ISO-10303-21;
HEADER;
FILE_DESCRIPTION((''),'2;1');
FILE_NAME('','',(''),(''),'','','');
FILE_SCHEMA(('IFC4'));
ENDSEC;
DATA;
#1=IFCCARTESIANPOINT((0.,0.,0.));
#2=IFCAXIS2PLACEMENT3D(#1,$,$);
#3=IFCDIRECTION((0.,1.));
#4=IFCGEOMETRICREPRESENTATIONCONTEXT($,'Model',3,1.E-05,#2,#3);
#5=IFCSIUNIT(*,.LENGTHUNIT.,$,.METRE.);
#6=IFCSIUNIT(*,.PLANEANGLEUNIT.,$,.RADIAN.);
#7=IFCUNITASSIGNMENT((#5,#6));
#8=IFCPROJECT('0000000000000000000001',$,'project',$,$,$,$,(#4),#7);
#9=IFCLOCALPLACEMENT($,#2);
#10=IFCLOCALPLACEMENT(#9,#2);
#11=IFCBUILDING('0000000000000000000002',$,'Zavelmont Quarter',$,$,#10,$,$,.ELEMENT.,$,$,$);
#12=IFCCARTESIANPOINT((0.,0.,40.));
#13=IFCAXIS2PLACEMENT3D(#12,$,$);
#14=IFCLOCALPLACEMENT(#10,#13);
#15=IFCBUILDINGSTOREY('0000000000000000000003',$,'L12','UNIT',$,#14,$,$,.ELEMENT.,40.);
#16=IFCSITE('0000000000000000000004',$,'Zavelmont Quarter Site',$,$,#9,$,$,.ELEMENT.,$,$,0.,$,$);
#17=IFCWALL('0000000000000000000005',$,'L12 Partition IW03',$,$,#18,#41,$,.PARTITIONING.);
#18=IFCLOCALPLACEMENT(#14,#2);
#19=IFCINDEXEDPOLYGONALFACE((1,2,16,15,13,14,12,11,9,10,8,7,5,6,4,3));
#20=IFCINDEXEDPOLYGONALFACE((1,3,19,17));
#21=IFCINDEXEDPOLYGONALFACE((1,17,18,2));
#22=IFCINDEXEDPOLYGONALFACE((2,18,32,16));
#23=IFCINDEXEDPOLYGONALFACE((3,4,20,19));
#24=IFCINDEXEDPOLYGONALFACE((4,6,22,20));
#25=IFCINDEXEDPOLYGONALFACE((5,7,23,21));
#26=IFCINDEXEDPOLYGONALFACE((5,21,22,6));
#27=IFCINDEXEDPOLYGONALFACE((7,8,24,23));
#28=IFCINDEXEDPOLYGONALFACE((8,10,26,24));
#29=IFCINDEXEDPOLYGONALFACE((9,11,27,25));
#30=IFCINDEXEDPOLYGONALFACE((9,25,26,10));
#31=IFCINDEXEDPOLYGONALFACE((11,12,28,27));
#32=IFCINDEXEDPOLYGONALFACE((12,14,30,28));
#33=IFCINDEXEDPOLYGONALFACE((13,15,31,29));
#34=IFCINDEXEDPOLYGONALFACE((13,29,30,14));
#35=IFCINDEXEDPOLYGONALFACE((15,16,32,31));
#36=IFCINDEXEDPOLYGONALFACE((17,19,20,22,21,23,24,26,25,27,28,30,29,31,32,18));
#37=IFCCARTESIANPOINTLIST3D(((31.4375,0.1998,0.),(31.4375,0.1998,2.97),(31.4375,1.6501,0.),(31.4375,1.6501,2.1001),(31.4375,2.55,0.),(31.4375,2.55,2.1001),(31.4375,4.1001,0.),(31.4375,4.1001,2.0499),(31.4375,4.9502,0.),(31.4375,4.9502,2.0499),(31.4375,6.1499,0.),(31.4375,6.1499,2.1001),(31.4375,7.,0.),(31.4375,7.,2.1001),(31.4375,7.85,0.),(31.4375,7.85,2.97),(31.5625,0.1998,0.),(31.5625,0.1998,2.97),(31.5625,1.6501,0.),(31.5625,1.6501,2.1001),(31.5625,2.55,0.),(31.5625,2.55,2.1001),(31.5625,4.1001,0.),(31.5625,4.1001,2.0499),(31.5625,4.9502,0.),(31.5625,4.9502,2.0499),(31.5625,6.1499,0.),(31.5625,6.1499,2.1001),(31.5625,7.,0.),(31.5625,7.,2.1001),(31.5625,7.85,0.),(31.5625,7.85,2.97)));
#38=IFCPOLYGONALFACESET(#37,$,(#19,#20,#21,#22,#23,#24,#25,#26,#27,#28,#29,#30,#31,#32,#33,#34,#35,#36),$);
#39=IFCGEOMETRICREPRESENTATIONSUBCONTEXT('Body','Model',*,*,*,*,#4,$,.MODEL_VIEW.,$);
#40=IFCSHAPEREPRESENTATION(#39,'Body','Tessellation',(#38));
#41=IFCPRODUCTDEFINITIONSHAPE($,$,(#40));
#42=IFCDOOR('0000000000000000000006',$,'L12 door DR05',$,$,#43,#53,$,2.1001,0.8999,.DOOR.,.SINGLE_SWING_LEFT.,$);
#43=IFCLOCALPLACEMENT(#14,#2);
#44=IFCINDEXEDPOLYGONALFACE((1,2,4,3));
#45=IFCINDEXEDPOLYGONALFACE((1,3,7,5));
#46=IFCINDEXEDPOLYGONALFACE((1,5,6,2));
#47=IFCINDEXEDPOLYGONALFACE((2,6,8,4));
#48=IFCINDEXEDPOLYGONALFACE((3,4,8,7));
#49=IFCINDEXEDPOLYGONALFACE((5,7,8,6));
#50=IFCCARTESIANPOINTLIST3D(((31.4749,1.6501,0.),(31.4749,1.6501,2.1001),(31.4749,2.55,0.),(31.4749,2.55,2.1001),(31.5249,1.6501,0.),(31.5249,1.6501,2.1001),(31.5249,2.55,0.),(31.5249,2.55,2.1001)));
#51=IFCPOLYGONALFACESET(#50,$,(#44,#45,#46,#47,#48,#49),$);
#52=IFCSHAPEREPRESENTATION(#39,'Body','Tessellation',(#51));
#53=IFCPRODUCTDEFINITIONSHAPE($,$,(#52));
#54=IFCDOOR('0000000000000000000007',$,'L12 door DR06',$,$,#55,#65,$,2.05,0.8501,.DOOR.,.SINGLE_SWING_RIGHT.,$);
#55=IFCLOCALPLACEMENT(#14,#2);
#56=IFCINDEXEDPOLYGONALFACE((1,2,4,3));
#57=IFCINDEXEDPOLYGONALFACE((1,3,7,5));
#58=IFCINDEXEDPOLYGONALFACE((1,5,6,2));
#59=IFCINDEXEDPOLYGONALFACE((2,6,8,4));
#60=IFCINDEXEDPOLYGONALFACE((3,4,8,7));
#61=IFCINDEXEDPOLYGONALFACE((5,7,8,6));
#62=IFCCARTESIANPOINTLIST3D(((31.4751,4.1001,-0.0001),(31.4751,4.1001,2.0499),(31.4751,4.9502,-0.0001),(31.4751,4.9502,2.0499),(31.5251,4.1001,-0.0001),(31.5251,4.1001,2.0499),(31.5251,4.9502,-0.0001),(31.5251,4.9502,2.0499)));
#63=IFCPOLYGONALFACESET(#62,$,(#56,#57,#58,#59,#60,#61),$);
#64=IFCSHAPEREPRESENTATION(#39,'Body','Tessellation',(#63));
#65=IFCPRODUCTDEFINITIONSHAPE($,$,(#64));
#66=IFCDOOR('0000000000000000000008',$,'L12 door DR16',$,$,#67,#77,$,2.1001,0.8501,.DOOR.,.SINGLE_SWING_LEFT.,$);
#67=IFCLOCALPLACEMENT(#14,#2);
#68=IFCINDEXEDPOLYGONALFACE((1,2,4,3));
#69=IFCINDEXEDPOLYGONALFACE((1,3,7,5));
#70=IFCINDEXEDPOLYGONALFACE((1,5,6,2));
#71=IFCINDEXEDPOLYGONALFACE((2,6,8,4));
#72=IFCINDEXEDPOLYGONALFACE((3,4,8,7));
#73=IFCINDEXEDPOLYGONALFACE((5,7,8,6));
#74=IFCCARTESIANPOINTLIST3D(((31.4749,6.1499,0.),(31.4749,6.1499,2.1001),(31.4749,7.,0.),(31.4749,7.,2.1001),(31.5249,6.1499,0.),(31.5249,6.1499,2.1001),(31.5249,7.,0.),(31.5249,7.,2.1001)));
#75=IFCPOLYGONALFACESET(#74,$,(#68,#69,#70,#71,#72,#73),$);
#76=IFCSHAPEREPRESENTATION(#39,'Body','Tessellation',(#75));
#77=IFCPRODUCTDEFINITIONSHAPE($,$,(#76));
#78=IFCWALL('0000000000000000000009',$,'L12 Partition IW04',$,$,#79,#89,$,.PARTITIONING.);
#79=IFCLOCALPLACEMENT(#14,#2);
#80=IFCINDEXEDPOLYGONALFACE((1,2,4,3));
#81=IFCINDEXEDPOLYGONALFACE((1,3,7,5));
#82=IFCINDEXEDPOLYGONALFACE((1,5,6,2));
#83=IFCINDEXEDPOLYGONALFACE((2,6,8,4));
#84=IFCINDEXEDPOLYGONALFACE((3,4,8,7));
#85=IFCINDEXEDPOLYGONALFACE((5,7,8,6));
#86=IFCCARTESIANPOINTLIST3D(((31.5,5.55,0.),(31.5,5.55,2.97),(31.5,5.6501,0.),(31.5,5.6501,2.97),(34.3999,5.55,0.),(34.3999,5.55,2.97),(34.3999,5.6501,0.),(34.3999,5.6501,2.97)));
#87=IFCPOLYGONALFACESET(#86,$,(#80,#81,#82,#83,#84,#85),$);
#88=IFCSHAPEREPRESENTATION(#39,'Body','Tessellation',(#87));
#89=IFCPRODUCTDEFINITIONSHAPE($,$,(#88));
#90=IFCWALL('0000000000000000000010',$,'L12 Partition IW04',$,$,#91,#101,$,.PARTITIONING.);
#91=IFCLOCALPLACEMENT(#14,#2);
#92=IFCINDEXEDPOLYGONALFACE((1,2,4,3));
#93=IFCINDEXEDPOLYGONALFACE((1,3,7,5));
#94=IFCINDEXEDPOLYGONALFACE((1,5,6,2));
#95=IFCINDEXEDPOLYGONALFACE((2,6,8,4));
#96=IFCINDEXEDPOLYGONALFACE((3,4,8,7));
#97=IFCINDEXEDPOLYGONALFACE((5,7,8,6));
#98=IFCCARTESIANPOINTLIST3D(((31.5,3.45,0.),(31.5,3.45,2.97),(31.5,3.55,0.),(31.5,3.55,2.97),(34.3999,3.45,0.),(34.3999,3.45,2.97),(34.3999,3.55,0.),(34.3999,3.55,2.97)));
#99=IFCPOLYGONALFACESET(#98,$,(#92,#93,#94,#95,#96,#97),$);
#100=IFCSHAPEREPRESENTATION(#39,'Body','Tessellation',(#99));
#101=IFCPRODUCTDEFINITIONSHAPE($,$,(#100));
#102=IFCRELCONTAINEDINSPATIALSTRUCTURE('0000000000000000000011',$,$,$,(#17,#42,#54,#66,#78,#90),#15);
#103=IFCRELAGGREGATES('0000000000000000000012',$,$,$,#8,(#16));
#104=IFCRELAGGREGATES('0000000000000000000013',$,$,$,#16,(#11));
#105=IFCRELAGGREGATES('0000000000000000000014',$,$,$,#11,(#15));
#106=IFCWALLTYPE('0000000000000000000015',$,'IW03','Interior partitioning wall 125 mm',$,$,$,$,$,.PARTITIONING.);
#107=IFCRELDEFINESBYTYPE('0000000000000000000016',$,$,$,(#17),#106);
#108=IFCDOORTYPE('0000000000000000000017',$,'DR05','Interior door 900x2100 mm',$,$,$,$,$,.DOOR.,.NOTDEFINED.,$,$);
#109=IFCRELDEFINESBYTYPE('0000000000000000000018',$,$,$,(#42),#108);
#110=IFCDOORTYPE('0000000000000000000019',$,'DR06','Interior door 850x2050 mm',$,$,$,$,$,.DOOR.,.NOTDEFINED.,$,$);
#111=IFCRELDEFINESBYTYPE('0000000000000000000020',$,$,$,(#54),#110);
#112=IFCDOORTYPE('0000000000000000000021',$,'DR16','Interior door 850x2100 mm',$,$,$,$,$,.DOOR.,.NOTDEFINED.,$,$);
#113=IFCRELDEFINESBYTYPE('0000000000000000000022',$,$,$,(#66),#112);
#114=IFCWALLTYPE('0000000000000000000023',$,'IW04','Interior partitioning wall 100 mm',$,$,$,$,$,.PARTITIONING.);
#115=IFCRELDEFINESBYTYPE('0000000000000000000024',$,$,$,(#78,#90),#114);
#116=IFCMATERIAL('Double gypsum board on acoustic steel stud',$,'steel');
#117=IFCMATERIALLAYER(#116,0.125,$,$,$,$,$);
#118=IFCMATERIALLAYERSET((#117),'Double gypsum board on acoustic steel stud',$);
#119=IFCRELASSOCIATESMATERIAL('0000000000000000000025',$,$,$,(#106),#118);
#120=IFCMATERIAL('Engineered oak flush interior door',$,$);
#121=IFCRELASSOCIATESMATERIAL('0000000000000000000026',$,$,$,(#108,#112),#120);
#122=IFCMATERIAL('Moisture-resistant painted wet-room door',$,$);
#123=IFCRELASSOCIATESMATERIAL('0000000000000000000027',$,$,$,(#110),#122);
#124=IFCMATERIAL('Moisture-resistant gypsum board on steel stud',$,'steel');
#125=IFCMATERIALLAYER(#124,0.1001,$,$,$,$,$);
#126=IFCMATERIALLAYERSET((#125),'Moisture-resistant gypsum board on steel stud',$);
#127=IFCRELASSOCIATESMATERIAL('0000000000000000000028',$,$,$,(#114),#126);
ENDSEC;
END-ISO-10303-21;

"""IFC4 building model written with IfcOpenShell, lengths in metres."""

from ifc_helpers import new_model, si_unit, direction, frame, frame_2d, origin, origin_with_axes, place, context, subcontext, project, spatial, rectangle, extrude, material, layer, layer_set, type_object, element, fill, save


model = new_model("IFC4")

# Units and contexts
model_context = context("Model", 3, precision=1e-05, world=origin(), true_north=direction((0.0, 1.0)))
body_context = subcontext(model_context, "Body", "Model", "MODEL_VIEW")
ifc_project = project(units=[si_unit("LENGTHUNIT", "METRE"), si_unit("PLANEANGLEUNIT", "RADIAN")], contexts=[model_context])

# Site, building, storey
site_placement = place(None, origin())
site = spatial("IfcSite", under=ifc_project, at=site_placement, Name="Zavelmont Quarter Site", CompositionType="ELEMENT", RefElevation=0.0)
building_placement = place(site_placement, origin())
building = spatial("IfcBuilding", under=site, at=building_placement, Name="Zavelmont Quarter", CompositionType="ELEMENT")
storey_placement = place(building_placement, frame((0.0, 0.0, 40.0)))
storey = spatial("IfcBuildingStorey", under=building, at=storey_placement, Name="L12", Description="UNIT", CompositionType="ELEMENT", Elevation=40.0)

# Wall, openings, doors
ifc_material_1 = material(Name="Double gypsum board on acoustic steel stud", Category="steel")
ifc_layer_1 = layer(ifc_material_1, 0.125)
ifc_layer_set_1 = layer_set([ifc_layer_1], Name="Double gypsum board on acoustic steel stud")
wall_type_1 = type_object("IfcWallType", Name="IW03", Description="Interior partitioning wall 125 mm", PredefinedType="PARTITIONING", material=ifc_layer_set_1)
wall_1_placement = place(storey_placement, frame((31.5, 7.8501, 0.0), z_axis=(0.0, 0.0, 1.0), x_axis=(0.0, -1.0, 0.0)))
wall_1 = element("IfcWall", 1, at=wall_1_placement, inside=storey, type_object=wall_type_1, Name="L12 Partition IW03", PredefinedType="PARTITIONING", context=body_context, shape_type="SweptSolid", body=[
    extrude(rectangle(XDim=7.6501, YDim=0.125, at=frame_2d((3.8252, 0.0))), origin(), (0.0, 0.0, 1.0), 2.97),
])
opening_1_placement = place(wall_1_placement, frame((0.8501, 0.0, 0.0)))
opening_1 = element("IfcOpeningElement", 2, at=opening_1_placement, cuts=wall_1, PredefinedType="OPENING", context=body_context, shape_type="SweptSolid", body=[
    extrude(rectangle(XDim=0.8501, YDim=2.1001, at=frame_2d((0.425, 1.05))), frame((0.0, 0.0745, 0.0), z_axis=(0.0, -1.0, 0.0), x_axis=(1.0, 0.0, 0.0)), (0.0, 0.0, 1.0), 0.1489),
])
opening_2_placement = place(wall_1_placement, frame((2.8999, 0.0, 0.0)))
opening_2 = element("IfcOpeningElement", 3, at=opening_2_placement, cuts=wall_1, PredefinedType="OPENING", context=body_context, shape_type="SweptSolid", body=[
    extrude(rectangle(XDim=0.8501, YDim=2.05, at=frame_2d((0.425, 1.0249))), frame((0.0, 0.0745, 0.0), z_axis=(0.0, -1.0, 0.0), x_axis=(1.0, 0.0, 0.0)), (0.0, 0.0, 1.0), 0.1489),
])
opening_3_placement = place(wall_1_placement, frame((5.3, 0.0, 0.0)))
opening_3 = element("IfcOpeningElement", 4, at=opening_3_placement, cuts=wall_1, PredefinedType="OPENING", context=body_context, shape_type="SweptSolid", body=[
    extrude(rectangle(XDim=0.8999, YDim=2.1001, at=frame_2d((0.45, 1.05))), frame((0.0, 0.0745, 0.0), z_axis=(0.0, -1.0, 0.0), x_axis=(1.0, 0.0, 0.0)), (0.0, 0.0, 1.0), 0.1489),
])
ifc_material_2 = material(Name="Engineered oak flush interior door")
door_type_1 = type_object("IfcDoorType", Name="DR05", Description="Interior door 900x2100 mm", OperationType="NOTDEFINED", PredefinedType="DOOR", material=ifc_material_2)
door_1_placement = place(opening_3_placement, origin_with_axes())
door_1 = element("IfcDoor", 5, at=door_1_placement, inside=storey, type_object=door_type_1, Name="L12 door DR05", OperationType="SINGLE_SWING_LEFT", OverallHeight=2.1001, OverallWidth=0.8999, PredefinedType="DOOR", context=body_context, shape_type="SweptSolid", body=[
    extrude(rectangle(XDim=0.8999, YDim=2.1001, at=frame_2d((0.45, 1.05))), frame((0.0, 0.0249, 0.0), z_axis=(0.0, -1.0, 0.0), x_axis=(1.0, 0.0, 0.0)), (0.0, 0.0, 1.0), 0.05),
])
fill(opening_3, door_1)
ifc_material_3 = material(Name="Moisture-resistant painted wet-room door")
door_type_2 = type_object("IfcDoorType", Name="DR06", Description="Interior door 850x2050 mm", OperationType="NOTDEFINED", PredefinedType="DOOR", material=ifc_material_3)
door_2_placement = place(opening_2_placement, frame((0.8501, 0.0, 0.0), z_axis=(0.0, 0.0, 1.0), x_axis=(-1.0, 0.0, 0.0)))
door_2 = element("IfcDoor", 6, at=door_2_placement, inside=storey, type_object=door_type_2, Name="L12 door DR06", OperationType="SINGLE_SWING_RIGHT", OverallHeight=2.05, OverallWidth=0.8501, PredefinedType="DOOR", context=body_context, shape_type="SweptSolid", body=[
    extrude(rectangle(XDim=0.8501, YDim=2.05, at=frame_2d((0.425, 1.0249))), frame((0.0, 0.0249, 0.0), z_axis=(0.0, -1.0, 0.0), x_axis=(1.0, 0.0, 0.0)), (0.0, 0.0, 1.0), 0.05),
])
fill(opening_2, door_2)
door_type_3 = type_object("IfcDoorType", Name="DR16", Description="Interior door 850x2100 mm", OperationType="NOTDEFINED", PredefinedType="DOOR", material=ifc_material_2)
door_3_placement = place(opening_1_placement, origin_with_axes())
door_3 = element("IfcDoor", 7, at=door_3_placement, inside=storey, type_object=door_type_3, Name="L12 door DR16", OperationType="SINGLE_SWING_LEFT", OverallHeight=2.1001, OverallWidth=0.8501, PredefinedType="DOOR", context=body_context, shape_type="SweptSolid", body=[
    extrude(rectangle(XDim=0.8501, YDim=2.1001, at=frame_2d((0.425, 1.05))), frame((0.0, 0.0249, 0.0), z_axis=(0.0, -1.0, 0.0), x_axis=(1.0, 0.0, 0.0)), (0.0, 0.0, 1.0), 0.05),
])
fill(opening_1, door_3)

# Walls
ifc_material_4 = material(Name="Moisture-resistant gypsum board on steel stud", Category="steel")
ifc_layer_2 = layer(ifc_material_4, 0.1001)
ifc_layer_set_2 = layer_set([ifc_layer_2], Name="Moisture-resistant gypsum board on steel stud")
wall_type_2 = type_object("IfcWallType", Name="IW04", Description="Interior partitioning wall 100 mm", PredefinedType="PARTITIONING", material=ifc_layer_set_2)
for number, where, z_axis, x_axis, name in (
    (8, (31.5, 5.6001, 0.0), (0.0, 0.0, 1.0), (1.0, 0.0, 0.0), "L12 Partition IW04"),
    (9, (31.5, 3.5, 0.0), (0.0, 0.0, 1.0), (1.0, 0.0, 0.0), "L12 Partition IW04"),
):
    element("IfcWall", number, at=place(storey_placement, frame(where, z_axis=z_axis, x_axis=x_axis)), inside=storey, type_object=wall_type_2, Name=name, PredefinedType="PARTITIONING", context=body_context, shape_type="SweptSolid", body=[
        extrude(rectangle(XDim=2.8999, YDim=0.1001, at=frame_2d((1.45, 0.0))), origin(), (0.0, 0.0, 1.0), 2.97),
    ])

save(model, "model.ifc")
